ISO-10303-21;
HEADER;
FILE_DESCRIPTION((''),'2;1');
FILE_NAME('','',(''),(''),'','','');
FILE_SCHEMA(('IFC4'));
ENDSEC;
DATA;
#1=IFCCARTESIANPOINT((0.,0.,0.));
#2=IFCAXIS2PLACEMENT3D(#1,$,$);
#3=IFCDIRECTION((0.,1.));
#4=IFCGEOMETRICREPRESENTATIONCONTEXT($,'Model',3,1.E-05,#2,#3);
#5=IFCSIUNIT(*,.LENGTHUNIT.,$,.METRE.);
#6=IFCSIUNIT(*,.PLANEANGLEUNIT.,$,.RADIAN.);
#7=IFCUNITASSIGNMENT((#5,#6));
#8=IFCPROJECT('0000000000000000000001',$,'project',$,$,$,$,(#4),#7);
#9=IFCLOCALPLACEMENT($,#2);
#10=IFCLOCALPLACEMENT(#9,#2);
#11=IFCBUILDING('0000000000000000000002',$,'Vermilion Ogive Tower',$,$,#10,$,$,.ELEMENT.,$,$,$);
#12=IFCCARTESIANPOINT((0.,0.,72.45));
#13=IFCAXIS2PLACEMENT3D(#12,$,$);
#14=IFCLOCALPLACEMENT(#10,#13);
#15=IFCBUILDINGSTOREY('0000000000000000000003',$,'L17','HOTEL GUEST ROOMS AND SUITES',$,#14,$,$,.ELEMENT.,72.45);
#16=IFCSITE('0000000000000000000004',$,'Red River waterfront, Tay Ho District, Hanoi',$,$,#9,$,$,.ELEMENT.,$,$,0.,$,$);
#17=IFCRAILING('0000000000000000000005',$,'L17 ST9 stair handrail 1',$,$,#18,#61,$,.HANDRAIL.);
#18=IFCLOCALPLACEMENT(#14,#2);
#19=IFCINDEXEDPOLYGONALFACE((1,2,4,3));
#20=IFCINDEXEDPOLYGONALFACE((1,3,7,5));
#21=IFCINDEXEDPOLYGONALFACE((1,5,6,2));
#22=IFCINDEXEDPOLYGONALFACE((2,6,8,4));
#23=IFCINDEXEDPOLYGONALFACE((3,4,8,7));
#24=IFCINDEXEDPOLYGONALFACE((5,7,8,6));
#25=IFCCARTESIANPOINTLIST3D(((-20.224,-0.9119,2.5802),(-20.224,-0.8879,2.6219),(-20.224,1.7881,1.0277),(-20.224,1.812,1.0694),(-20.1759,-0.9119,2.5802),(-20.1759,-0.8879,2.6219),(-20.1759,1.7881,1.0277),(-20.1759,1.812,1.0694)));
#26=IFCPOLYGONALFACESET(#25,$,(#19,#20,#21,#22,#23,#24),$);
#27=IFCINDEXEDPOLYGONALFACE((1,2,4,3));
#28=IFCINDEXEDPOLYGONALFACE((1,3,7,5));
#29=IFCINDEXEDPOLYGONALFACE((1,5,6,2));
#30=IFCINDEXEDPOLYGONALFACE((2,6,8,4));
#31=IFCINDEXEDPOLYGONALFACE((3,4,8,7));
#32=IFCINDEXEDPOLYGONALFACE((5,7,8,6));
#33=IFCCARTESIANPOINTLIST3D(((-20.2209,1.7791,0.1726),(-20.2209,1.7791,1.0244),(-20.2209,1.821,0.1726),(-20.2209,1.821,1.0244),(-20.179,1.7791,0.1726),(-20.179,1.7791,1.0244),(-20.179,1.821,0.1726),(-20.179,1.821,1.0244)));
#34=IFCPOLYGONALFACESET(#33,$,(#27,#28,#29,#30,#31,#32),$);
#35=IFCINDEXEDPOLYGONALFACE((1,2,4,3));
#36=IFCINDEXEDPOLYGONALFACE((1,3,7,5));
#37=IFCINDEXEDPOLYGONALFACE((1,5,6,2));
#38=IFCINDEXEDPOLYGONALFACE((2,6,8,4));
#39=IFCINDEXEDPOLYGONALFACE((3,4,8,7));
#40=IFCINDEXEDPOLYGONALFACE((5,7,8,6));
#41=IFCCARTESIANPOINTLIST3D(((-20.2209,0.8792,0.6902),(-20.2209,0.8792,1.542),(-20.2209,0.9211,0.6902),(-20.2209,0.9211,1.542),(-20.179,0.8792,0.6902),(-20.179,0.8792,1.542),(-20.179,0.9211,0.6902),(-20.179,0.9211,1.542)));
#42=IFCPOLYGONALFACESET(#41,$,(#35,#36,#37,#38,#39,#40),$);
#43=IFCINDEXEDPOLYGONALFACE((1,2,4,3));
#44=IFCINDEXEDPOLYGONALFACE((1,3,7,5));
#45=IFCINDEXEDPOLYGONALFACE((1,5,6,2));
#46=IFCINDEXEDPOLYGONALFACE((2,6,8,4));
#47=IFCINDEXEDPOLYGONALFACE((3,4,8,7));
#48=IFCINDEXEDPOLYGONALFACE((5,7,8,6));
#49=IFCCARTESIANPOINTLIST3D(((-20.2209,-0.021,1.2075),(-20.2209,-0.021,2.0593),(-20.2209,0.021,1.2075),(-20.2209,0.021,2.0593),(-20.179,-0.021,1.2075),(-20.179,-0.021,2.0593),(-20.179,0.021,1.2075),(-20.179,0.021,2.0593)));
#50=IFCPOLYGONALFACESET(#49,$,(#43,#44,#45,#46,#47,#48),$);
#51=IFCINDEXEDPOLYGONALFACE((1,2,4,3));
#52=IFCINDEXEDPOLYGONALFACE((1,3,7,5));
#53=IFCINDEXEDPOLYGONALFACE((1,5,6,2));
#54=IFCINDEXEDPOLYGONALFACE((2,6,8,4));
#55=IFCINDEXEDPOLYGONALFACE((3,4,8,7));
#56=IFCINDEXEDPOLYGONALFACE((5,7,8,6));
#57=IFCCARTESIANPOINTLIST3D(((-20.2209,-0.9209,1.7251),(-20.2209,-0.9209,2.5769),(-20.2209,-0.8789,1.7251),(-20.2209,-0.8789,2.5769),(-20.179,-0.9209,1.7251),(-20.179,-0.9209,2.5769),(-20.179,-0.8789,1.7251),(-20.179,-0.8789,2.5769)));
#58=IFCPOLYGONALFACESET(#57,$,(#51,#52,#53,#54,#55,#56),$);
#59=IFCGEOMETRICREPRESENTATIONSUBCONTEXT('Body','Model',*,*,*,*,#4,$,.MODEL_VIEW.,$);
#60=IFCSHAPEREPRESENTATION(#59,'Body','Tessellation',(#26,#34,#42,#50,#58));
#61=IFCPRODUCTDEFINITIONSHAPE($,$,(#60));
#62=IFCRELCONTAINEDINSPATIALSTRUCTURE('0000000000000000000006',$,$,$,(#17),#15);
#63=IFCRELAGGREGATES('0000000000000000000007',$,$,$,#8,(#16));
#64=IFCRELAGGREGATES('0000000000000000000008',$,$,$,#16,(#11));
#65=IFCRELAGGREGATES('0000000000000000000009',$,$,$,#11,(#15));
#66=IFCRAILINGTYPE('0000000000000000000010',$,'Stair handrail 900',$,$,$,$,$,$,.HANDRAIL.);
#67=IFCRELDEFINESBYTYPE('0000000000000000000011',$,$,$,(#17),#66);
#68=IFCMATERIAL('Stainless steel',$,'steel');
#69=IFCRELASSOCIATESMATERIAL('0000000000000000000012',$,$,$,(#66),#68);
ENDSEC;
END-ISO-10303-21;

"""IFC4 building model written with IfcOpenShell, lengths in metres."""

from ifc_helpers import new_model, si_unit, direction, frame, origin, origin_2d, place, context, subcontext, project, spatial, rectangle, extrude, material, type_object, element, save


model = new_model("IFC4")

# Units and contexts
model_context = context("Model", 3, precision=1e-05, world=origin(), true_north=direction((0.0, 1.0)))
body_context = subcontext(model_context, "Body", "Model", "MODEL_VIEW")
ifc_project = project(units=[si_unit("LENGTHUNIT", "METRE"), si_unit("PLANEANGLEUNIT", "RADIAN")], contexts=[model_context])

# Site, building, storey
site_placement = place(None, origin())
site = spatial("IfcSite", under=ifc_project, at=site_placement, Name="Red River waterfront, Tay Ho District, Hanoi", CompositionType="ELEMENT", RefElevation=0.0)
building_placement = place(site_placement, origin())
building = spatial("IfcBuilding", under=site, at=building_placement, Name="Vermilion Ogive Tower", CompositionType="ELEMENT")
storey_placement = place(building_placement, frame((0.0, 0.0, 72.45)))
storey = spatial("IfcBuildingStorey", under=building, at=storey_placement, Name="L17", Description="HOTEL GUEST ROOMS AND SUITES", CompositionType="ELEMENT", Elevation=72.45)

# Railing
ifc_material_1 = material(Name="Stainless steel", Category="steel")
railing_type_1 = type_object("IfcRailingType", Name="Stair handrail 900", PredefinedType="HANDRAIL", material=ifc_material_1)
railing_1_placement = place(storey_placement, frame((-20.2, 1.8, 0.1726)))
element("IfcRailing", 1, at=railing_1_placement, inside=storey, type_object=railing_type_1, Name="L17 ST9 stair handrail 1", PredefinedType="HANDRAIL", context=body_context, shape_type="SweptSolid", body=[
    extrude(rectangle(XDim=0.0481, YDim=0.0481, at=origin_2d()), frame((0.0, 0.0, 0.876), z_axis=(0.0, -0.866904, 0.498476), x_axis=(1.0, 0.0, 0.0)), (0.0, 0.0, 1.0), 3.1145),
    extrude(rectangle(XDim=0.042, YDim=0.042, at=origin_2d()), origin(), (0.0, 0.0, 1.0), 0.8518),
    extrude(rectangle(XDim=0.042, YDim=0.042, at=origin_2d()), frame((0.0, -0.8999, 0.5176)), (0.0, 0.0, 1.0), 0.8518),
    extrude(rectangle(XDim=0.042, YDim=0.042, at=origin_2d()), frame((0.0, -1.8, 1.0349)), (0.0, 0.0, 1.0), 0.8518),
    extrude(rectangle(XDim=0.042, YDim=0.042, at=origin_2d()), frame((0.0, -2.7, 1.5525)), (0.0, 0.0, 1.0), 0.8518),
])

save(model, "model.ifc")
